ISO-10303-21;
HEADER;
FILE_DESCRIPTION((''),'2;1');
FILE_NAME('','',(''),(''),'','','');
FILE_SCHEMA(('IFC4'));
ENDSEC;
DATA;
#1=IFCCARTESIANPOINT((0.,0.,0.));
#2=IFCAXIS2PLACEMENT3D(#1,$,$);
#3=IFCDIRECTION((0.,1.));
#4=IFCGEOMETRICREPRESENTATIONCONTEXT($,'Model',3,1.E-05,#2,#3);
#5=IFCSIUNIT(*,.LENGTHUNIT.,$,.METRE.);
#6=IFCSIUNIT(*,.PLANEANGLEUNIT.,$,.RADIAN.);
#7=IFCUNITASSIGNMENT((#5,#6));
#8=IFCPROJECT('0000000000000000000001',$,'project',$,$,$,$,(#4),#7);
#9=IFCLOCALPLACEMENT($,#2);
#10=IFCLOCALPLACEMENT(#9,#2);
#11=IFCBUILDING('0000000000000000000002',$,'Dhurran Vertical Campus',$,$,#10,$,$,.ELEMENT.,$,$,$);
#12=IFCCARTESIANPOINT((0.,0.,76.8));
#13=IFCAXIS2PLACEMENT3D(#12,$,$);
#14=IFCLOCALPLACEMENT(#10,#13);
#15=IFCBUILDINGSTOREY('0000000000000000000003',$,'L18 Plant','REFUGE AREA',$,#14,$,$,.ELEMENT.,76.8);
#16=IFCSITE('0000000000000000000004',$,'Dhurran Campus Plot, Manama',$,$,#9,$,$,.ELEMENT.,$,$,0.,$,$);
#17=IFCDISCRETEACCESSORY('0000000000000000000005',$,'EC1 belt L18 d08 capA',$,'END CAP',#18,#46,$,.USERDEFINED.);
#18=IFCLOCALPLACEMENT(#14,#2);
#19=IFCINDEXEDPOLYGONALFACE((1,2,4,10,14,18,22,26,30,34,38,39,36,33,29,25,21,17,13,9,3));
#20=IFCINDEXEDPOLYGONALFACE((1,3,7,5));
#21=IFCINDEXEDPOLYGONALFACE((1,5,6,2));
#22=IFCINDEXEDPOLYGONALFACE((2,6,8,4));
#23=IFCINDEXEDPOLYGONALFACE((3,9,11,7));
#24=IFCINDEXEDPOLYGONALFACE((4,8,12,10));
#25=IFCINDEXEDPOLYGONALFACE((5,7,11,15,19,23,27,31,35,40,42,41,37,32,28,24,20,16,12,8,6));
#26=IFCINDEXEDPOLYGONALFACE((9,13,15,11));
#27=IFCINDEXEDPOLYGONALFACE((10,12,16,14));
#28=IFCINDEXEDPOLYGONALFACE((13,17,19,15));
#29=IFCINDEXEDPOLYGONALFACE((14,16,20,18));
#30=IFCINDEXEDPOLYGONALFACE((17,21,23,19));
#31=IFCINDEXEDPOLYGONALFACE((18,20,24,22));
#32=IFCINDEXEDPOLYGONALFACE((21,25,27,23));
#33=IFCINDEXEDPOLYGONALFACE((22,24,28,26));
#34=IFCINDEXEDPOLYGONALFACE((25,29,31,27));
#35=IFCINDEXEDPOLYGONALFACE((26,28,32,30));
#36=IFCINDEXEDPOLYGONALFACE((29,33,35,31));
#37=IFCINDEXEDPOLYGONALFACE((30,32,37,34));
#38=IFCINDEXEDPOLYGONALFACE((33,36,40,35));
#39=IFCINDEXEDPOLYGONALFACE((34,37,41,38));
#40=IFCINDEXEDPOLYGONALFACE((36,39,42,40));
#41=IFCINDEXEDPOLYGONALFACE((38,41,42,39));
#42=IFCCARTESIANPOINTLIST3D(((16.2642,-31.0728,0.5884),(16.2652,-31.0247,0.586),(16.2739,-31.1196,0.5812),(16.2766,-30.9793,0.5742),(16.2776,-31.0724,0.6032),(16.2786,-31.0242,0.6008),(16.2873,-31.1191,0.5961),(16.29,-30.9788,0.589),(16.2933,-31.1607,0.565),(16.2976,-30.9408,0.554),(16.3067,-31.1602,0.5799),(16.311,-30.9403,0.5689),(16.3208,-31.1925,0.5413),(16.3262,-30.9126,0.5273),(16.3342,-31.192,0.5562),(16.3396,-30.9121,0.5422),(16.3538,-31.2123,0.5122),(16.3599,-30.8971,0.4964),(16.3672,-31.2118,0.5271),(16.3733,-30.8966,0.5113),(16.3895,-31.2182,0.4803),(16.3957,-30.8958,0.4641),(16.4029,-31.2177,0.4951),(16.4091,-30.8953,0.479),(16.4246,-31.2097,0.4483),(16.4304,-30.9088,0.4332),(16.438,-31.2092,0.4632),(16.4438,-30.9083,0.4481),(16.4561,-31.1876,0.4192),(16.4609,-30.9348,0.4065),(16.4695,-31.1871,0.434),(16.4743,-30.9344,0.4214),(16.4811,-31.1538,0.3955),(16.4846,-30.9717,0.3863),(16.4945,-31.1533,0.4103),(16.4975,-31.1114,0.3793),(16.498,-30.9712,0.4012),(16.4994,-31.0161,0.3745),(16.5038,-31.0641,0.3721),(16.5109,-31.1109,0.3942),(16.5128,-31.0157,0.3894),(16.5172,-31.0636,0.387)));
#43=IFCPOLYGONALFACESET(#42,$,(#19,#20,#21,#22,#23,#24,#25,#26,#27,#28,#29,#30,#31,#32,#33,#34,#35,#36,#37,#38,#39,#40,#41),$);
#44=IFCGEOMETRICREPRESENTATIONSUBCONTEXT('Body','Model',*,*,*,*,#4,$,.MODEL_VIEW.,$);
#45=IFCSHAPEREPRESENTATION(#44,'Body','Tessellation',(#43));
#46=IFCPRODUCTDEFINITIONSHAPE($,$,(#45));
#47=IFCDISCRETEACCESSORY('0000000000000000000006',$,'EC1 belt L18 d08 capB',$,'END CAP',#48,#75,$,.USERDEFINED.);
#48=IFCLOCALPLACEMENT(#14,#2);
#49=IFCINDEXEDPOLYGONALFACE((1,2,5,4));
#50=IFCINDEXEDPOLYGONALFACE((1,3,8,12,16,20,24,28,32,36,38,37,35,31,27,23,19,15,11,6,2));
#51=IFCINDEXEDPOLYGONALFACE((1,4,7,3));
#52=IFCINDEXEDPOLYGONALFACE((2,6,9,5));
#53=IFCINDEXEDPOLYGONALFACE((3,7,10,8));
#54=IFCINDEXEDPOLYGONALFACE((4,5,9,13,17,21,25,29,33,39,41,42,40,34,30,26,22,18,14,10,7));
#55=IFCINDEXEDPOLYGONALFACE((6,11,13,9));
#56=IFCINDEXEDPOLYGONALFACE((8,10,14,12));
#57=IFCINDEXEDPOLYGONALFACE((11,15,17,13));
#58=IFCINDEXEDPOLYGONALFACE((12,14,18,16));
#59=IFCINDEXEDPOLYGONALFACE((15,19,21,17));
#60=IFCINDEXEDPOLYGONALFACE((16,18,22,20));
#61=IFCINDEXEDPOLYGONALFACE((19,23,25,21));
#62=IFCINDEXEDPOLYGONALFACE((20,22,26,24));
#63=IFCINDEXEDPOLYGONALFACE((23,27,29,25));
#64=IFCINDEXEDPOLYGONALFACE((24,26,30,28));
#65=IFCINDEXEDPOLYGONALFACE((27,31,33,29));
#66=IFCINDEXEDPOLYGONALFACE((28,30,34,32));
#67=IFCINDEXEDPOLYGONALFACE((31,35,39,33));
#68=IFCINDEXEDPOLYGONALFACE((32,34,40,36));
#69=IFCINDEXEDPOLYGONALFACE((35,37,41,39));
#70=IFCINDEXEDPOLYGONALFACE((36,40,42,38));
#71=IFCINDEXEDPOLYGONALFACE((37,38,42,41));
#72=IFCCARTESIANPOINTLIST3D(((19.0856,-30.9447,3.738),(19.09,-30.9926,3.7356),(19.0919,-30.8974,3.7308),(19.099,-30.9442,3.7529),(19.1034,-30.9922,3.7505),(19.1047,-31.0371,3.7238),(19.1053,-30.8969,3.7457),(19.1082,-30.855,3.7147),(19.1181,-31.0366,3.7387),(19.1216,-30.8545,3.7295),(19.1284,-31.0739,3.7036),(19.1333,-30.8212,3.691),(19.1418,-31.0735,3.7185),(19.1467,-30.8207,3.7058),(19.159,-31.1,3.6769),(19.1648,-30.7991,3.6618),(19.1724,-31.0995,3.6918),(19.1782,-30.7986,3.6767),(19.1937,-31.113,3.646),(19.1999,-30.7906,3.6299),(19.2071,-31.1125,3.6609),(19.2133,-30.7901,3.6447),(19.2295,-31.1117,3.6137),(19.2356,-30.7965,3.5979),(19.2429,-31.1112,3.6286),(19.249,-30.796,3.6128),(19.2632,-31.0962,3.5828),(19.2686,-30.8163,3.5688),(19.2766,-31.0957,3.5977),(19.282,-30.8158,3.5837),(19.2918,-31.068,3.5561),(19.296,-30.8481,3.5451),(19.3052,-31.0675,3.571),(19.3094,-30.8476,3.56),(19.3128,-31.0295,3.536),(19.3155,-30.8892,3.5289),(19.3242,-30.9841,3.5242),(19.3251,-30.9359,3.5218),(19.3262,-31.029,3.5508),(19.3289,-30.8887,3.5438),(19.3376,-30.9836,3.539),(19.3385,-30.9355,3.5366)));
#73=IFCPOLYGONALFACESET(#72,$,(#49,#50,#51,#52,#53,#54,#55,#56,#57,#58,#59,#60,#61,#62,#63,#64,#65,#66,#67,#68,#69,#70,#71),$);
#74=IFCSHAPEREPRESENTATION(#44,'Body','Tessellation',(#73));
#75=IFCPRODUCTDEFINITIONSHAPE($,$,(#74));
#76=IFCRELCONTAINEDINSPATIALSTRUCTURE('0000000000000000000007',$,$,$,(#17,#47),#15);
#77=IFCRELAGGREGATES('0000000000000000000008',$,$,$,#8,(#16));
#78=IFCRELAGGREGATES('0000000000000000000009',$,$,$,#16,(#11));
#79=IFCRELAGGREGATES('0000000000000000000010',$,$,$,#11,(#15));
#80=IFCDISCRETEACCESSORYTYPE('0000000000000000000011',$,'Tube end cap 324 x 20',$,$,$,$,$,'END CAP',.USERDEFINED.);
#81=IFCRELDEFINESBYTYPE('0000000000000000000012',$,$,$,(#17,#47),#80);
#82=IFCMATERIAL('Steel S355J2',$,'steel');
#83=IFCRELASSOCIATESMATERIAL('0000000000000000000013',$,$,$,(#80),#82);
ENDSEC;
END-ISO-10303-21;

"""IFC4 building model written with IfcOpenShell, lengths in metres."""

from ifc_helpers import new_model, si_unit, direction, frame, origin, origin_2d, place, context, subcontext, project, spatial, circle, extrude, material, material_profile, profile_set, type_object, element, save


model = new_model("IFC4")

# Units and contexts
model_context = context("Model", 3, precision=1e-05, world=origin(), true_north=direction((0.0, 1.0)))
body_context = subcontext(model_context, "Body", "Model", "MODEL_VIEW")
ifc_project = project(units=[si_unit("LENGTHUNIT", "METRE"), si_unit("PLANEANGLEUNIT", "RADIAN")], contexts=[model_context])

# Site, building, storey
site_placement = place(None, origin())
site = spatial("IfcSite", under=ifc_project, at=site_placement, Name="Dhurran Campus Plot, Manama", CompositionType="ELEMENT", RefElevation=0.0)
building_placement = place(site_placement, origin())
building = spatial("IfcBuilding", under=site, at=building_placement, Name="Dhurran Vertical Campus", CompositionType="ELEMENT")
storey_placement = place(building_placement, frame((0.0, 0.0, 76.8)))
storey = spatial("IfcBuildingStorey", under=building, at=storey_placement, Name="L18 Plant", Description="REFUGE AREA", CompositionType="ELEMENT", Elevation=76.8)

# Discrete accessories
ifc_material_1 = material(Name="Steel S355J2", Category="steel")
ifc_material_profile_1 = material_profile(ifc_material_1, circle(Radius=0.1619, at=origin_2d()), Name="Tube end cap 324 x 20")
ifc_profile_set_1 = profile_set([ifc_material_profile_1], Name="Steel S355J2")
discrete_accessory_type = type_object("IfcDiscreteAccessoryType", Name="Tube end cap 324 x 20", ElementType="END CAP", PredefinedType="USERDEFINED", material=ifc_profile_set_1)
for number, where, z_axis, x_axis, name in (
    (1, (16.397, -31.0559, 0.4951), (-0.669439, -0.024343, -0.742468), (0.03634, -0.999339, 0.0), "EC1 belt L18 d08 capA"),
    (2, (19.2058, -30.9524, 3.6299), (0.669439, 0.024343, 0.742468), (-0.03634, 0.999339, 0.0), "EC1 belt L18 d08 capB"),
):
    element("IfcDiscreteAccessory", number, at=place(storey_placement, frame(where, z_axis=z_axis, x_axis=x_axis)), inside=storey, type_object=discrete_accessory_type, Name=name, ObjectType="END CAP", PredefinedType="USERDEFINED", context=body_context, shape_type="SweptSolid", body=[
        extrude(circle(Radius=0.1619, at=origin_2d()), origin(), (0.0, 0.0, 1.0), 0.02),
    ])

save(model, "model.ifc")
